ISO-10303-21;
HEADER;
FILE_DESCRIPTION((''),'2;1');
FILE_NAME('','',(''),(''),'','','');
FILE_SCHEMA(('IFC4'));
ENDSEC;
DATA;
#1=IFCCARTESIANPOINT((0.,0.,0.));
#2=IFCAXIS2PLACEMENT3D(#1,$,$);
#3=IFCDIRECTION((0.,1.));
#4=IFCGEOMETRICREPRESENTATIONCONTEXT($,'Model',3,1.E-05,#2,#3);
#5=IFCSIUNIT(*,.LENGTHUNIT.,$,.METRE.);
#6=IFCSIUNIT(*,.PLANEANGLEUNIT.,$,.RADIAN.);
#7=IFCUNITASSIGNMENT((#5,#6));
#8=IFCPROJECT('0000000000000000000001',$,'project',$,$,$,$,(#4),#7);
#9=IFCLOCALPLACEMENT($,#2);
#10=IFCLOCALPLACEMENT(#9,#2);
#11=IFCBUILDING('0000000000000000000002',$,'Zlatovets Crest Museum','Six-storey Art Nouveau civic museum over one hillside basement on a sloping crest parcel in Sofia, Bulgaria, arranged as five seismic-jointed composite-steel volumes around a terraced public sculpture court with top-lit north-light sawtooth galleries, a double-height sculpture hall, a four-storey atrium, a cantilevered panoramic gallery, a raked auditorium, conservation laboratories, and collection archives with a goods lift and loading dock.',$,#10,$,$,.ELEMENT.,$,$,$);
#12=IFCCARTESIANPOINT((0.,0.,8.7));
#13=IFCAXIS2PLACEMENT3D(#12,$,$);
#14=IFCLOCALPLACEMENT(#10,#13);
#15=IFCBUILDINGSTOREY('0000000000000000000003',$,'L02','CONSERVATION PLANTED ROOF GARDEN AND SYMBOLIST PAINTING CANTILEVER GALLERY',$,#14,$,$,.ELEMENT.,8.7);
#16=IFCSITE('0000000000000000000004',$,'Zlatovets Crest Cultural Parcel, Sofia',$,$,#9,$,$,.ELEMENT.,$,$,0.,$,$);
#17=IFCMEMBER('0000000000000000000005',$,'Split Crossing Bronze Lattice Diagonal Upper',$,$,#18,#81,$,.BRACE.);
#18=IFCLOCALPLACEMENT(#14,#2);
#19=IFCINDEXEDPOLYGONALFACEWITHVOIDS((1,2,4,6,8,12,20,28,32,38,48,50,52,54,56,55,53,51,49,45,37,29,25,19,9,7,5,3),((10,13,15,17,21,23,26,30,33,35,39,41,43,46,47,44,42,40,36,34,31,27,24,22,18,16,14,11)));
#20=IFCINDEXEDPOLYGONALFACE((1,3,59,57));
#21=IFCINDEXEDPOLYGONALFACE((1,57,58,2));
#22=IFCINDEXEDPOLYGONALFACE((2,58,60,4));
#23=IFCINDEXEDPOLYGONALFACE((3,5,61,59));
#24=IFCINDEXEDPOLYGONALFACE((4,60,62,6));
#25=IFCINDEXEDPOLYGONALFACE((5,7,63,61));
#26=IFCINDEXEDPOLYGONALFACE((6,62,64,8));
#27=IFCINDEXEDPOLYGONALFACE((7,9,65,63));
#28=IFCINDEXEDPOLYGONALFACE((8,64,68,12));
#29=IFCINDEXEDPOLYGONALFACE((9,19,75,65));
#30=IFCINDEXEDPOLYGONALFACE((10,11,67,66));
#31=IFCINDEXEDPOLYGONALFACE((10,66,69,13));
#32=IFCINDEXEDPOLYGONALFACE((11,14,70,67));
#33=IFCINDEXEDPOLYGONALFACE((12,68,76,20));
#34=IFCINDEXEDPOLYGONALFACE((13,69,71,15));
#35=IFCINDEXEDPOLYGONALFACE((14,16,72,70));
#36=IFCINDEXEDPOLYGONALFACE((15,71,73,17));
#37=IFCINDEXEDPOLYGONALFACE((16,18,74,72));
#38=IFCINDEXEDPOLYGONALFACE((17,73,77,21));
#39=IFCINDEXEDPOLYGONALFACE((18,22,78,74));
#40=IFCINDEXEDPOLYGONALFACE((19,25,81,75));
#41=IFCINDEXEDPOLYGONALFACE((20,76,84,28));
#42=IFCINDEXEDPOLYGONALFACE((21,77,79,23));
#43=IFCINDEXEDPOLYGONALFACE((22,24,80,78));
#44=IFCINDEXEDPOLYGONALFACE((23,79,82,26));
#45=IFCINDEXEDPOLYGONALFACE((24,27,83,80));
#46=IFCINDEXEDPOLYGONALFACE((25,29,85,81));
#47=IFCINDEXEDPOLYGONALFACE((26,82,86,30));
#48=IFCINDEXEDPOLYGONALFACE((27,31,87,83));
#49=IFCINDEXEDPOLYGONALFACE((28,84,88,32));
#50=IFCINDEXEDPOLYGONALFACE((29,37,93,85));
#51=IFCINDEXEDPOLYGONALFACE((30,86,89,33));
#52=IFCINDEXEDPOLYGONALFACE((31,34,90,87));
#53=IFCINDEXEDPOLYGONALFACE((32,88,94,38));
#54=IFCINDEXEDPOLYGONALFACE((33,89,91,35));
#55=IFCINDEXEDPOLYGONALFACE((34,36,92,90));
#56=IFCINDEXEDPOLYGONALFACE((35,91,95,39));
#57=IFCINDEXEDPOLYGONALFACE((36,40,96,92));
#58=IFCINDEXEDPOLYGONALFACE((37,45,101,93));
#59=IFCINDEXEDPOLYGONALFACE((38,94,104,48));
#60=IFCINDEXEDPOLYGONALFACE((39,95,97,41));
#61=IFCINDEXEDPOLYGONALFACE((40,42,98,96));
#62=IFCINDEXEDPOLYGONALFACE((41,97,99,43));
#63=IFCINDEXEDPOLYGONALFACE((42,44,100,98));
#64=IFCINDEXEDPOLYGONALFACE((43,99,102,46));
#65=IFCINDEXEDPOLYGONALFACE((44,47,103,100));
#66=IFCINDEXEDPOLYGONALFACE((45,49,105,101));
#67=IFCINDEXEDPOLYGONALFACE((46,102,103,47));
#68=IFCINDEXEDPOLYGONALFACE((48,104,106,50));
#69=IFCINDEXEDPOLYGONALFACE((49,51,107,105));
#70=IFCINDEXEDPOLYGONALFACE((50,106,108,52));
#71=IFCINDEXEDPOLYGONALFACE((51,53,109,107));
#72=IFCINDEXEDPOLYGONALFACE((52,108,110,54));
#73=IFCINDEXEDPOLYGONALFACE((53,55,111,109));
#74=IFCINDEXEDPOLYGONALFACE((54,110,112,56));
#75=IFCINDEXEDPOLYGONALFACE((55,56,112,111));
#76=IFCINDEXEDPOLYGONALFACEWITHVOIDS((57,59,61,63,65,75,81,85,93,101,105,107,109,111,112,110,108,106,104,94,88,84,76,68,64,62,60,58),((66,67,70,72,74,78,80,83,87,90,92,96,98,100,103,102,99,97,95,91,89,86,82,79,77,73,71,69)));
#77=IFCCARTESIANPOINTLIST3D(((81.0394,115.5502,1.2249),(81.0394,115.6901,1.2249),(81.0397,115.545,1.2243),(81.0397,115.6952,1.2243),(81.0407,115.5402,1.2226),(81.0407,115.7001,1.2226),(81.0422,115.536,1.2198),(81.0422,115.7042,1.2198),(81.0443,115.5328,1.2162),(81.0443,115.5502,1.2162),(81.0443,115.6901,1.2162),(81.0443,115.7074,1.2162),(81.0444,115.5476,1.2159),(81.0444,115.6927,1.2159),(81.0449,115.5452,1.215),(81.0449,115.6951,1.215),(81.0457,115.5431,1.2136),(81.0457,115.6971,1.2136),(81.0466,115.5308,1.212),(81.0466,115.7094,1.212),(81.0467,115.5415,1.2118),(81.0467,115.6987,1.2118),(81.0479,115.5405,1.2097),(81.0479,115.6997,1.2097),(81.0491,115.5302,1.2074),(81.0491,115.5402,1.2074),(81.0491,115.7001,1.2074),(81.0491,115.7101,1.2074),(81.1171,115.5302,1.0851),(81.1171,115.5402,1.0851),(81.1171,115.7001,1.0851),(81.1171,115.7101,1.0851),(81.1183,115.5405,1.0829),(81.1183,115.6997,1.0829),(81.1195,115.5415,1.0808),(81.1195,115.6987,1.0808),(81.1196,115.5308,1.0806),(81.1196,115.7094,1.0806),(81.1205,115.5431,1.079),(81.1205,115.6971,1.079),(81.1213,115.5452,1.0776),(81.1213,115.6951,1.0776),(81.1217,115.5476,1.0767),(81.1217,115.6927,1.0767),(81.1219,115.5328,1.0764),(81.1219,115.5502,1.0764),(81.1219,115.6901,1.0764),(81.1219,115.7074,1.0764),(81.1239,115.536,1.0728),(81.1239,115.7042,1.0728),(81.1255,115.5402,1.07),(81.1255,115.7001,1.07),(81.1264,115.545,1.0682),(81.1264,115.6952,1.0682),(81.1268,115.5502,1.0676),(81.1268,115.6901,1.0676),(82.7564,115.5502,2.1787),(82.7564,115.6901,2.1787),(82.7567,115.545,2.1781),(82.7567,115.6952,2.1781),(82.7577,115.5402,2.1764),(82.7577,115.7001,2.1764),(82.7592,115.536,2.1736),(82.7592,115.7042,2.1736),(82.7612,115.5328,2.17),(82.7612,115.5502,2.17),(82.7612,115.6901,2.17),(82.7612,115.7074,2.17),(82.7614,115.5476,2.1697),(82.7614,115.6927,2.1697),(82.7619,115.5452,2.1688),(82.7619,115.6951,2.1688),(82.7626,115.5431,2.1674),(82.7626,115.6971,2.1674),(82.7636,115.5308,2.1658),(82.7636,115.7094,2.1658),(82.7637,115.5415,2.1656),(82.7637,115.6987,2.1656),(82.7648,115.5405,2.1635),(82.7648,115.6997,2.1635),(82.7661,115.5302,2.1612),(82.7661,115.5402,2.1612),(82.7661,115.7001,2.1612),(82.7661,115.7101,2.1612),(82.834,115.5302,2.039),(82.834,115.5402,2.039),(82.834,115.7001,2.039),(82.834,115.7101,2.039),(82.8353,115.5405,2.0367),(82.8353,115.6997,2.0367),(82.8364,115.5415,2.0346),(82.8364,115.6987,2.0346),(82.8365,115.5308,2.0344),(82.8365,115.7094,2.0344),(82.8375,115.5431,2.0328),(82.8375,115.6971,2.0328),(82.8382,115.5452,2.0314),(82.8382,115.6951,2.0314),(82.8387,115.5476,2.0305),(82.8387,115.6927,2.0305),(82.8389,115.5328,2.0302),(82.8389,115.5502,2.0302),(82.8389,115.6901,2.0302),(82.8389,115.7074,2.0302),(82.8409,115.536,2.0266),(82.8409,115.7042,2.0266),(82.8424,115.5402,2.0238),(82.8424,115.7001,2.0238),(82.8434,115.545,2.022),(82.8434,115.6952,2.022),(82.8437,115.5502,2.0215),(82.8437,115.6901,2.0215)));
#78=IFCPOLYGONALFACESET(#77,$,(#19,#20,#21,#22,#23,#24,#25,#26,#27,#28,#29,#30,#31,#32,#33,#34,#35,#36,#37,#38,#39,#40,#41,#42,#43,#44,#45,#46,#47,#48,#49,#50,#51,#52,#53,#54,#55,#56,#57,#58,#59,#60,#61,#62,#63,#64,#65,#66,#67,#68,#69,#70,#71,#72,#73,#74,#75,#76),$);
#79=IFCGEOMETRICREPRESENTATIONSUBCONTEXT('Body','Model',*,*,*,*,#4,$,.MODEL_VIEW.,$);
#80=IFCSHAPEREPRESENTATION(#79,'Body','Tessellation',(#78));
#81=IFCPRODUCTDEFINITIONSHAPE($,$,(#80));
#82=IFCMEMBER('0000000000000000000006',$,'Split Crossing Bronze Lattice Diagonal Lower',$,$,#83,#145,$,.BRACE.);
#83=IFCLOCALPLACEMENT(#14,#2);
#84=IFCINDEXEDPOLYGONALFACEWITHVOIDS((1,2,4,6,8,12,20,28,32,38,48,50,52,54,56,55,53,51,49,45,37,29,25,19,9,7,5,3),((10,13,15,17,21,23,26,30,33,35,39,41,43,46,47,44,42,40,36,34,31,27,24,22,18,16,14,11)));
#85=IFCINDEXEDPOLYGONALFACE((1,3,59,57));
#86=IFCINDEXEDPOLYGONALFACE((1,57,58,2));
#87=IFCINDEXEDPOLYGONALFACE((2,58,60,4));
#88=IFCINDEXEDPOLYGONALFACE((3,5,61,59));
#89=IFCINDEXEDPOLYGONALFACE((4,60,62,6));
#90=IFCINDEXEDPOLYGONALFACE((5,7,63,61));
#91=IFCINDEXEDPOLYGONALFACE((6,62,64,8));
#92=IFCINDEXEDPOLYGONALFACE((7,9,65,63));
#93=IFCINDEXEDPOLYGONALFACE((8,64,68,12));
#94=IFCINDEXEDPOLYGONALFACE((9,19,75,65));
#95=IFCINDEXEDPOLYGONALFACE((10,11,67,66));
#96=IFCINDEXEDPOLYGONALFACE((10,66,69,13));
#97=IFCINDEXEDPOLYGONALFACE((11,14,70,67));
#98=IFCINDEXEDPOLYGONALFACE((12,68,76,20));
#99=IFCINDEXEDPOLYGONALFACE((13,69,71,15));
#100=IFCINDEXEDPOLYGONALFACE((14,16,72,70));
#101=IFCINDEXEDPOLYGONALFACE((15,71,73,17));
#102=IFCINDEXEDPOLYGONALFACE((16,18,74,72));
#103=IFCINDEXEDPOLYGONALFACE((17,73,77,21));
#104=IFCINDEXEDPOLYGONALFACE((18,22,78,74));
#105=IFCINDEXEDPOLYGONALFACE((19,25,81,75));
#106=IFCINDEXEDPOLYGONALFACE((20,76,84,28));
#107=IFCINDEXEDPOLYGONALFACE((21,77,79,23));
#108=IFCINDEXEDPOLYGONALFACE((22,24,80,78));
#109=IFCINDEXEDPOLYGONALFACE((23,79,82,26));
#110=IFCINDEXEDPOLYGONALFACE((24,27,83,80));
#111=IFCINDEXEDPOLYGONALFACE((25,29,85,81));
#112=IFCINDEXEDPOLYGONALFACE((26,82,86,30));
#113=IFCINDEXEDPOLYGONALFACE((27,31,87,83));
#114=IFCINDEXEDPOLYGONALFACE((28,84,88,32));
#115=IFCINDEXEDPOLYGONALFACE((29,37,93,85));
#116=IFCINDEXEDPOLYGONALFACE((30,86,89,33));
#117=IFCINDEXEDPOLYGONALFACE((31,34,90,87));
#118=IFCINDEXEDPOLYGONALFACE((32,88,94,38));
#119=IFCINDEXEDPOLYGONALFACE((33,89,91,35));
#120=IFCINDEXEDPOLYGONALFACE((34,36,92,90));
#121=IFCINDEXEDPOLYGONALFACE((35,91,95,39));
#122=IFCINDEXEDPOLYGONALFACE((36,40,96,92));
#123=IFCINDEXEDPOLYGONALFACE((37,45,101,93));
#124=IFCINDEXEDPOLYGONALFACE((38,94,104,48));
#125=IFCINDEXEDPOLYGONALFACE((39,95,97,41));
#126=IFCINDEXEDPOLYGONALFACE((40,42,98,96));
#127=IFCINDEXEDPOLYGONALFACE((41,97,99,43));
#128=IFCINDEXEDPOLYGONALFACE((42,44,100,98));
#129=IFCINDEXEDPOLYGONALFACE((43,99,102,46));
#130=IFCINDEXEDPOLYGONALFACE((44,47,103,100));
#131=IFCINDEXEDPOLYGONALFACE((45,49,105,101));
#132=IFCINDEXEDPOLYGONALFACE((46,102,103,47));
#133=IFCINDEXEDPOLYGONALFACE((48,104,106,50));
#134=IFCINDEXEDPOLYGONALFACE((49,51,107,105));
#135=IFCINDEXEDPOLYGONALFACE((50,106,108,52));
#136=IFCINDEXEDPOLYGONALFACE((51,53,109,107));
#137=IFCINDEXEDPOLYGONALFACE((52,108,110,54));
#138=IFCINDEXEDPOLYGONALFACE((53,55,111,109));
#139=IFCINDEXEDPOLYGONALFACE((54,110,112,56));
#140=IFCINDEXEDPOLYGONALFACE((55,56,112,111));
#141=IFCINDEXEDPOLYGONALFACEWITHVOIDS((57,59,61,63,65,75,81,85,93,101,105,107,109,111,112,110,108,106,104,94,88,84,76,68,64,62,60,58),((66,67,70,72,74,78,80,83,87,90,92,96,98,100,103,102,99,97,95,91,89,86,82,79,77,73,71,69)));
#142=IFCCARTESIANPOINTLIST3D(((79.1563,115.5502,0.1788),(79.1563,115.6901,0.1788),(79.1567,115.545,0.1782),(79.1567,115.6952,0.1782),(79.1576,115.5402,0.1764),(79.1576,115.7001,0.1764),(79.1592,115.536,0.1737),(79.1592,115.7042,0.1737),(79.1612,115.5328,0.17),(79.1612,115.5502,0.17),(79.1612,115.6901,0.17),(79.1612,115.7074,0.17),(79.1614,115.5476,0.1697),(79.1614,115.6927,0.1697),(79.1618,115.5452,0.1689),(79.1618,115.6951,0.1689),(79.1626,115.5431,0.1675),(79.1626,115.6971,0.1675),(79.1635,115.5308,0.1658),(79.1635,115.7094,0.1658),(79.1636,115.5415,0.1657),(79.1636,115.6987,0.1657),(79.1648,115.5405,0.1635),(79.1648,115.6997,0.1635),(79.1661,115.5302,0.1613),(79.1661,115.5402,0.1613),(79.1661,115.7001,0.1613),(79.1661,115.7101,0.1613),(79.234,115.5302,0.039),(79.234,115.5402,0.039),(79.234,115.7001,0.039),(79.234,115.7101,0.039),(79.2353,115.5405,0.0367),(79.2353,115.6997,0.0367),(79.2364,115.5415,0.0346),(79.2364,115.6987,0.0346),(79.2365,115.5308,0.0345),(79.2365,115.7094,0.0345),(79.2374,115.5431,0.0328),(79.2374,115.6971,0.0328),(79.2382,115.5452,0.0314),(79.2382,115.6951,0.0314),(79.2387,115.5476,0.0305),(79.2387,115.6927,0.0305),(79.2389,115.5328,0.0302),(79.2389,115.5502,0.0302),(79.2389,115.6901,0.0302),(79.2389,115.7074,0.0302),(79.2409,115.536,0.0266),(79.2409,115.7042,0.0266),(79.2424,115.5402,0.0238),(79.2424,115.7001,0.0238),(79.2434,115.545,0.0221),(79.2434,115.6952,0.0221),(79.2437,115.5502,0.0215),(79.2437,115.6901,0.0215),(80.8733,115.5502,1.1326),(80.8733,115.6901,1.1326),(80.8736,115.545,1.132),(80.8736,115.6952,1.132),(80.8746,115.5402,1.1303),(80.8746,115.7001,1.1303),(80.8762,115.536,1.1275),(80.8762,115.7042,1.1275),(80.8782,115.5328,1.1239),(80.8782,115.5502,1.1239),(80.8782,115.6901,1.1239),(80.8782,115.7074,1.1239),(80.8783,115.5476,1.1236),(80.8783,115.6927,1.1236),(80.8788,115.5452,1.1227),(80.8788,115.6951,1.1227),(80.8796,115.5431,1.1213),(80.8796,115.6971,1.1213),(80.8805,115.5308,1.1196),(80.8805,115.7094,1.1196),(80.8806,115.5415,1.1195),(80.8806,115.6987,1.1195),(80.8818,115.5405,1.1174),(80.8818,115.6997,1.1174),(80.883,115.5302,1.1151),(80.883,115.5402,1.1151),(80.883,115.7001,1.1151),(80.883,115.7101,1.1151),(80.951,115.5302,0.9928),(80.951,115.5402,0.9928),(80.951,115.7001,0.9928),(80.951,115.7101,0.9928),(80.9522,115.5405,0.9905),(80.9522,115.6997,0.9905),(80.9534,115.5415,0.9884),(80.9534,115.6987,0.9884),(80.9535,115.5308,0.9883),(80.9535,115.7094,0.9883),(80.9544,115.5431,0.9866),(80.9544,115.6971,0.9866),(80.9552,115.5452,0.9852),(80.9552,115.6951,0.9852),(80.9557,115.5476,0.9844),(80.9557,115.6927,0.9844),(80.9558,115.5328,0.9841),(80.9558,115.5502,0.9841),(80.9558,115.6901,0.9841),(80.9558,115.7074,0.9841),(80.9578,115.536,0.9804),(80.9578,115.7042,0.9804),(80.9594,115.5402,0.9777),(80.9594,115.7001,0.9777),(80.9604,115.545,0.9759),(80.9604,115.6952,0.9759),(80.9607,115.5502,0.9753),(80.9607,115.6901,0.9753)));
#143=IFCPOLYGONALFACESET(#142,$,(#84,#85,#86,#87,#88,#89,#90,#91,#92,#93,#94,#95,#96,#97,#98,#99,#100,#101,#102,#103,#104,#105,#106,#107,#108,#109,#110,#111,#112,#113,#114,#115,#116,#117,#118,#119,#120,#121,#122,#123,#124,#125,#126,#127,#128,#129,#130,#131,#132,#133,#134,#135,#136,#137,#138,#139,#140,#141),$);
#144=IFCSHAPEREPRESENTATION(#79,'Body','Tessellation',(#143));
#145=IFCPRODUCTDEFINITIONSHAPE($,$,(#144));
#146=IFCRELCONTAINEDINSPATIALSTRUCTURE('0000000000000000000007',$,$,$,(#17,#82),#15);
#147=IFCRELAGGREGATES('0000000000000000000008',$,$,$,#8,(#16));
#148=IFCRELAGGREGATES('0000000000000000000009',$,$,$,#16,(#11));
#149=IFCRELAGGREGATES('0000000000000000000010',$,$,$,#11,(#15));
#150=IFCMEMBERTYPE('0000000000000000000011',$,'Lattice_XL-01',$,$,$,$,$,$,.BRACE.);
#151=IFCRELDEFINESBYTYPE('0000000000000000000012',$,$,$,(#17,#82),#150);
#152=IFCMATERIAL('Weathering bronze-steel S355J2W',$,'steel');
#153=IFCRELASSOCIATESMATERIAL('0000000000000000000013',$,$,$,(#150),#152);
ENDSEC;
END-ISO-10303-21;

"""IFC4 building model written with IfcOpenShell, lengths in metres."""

from ifc_helpers import new_model, si_unit, direction, frame, origin, origin_2d, place, context, subcontext, project, spatial, hollow_rectangle, extrude, material, material_profile, profile_set, type_object, element, save


model = new_model("IFC4")

# Units and contexts
model_context = context("Model", 3, precision=1e-05, world=origin(), true_north=direction((0.0, 1.0)))
body_context = subcontext(model_context, "Body", "Model", "MODEL_VIEW")
ifc_project = project(units=[si_unit("LENGTHUNIT", "METRE"), si_unit("PLANEANGLEUNIT", "RADIAN")], contexts=[model_context])

# Site, building, storey
site_placement = place(None, origin())
site = spatial("IfcSite", under=ifc_project, at=site_placement, Name="Zlatovets Crest Cultural Parcel, Sofia", CompositionType="ELEMENT", RefElevation=0.0)
building_placement = place(site_placement, origin())
building = spatial("IfcBuilding", under=site, at=building_placement, Name="Zlatovets Crest Museum", Description="Six-storey Art Nouveau civic museum over one hillside basement on a sloping crest parcel in Sofia, Bulgaria, arranged as five seismic-jointed composite-steel volumes around a terraced public sculpture court with top-lit north-light sawtooth galleries, a double-height sculpture hall, a four-storey atrium, a cantilevered panoramic gallery, a raked auditorium, conservation laboratories, and collection archives with a goods lift and loading dock.", CompositionType="ELEMENT")
storey_placement = place(building_placement, frame((0.0, 0.0, 8.7)))
storey = spatial("IfcBuildingStorey", under=building, at=storey_placement, Name="L02", Description="CONSERVATION PLANTED ROOF GARDEN AND SYMBOLIST PAINTING CANTILEVER GALLERY", CompositionType="ELEMENT", Elevation=8.7)

# Members
ifc_material_1 = material(Name="Weathering bronze-steel S355J2W", Category="steel")
ifc_material_profile_1 = material_profile(ifc_material_1, hollow_rectangle(XDim=0.1799, YDim=0.1799, WallThickness=0.01, InnerFilletRadius=0.01, OuterFilletRadius=0.02, at=origin_2d()), Name="SHS 180x180x10.0")
ifc_profile_set_1 = profile_set([ifc_material_profile_1], Name="Weathering bronze-steel S355J2W")
member_type_1 = type_object("IfcMemberType", Name="Lattice_XL-01", PredefinedType="BRACE", material=ifc_profile_set_1)
for number, where, z_axis, x_axis, name in (
    (1, (82.8, 115.6201, 2.1001), (-0.874169, 0.0, -0.485622), (0.0, -1.0, 0.0), "Split Crossing Bronze Lattice Diagonal Upper"),
    (2, (80.917, 115.6201, 1.054), (-0.874169, 0.0, -0.485622), (0.0, -1.0, 0.0), "Split Crossing Bronze Lattice Diagonal Lower"),
):
    element("IfcMember", number, at=place(storey_placement, frame(where, z_axis=z_axis, x_axis=x_axis)), inside=storey, type_object=member_type_1, Name=name, PredefinedType="BRACE", context=body_context, shape_type="SweptSolid", body=[
        extrude(hollow_rectangle(XDim=0.1799, YDim=0.1799, WallThickness=0.01, InnerFilletRadius=0.01, OuterFilletRadius=0.02, at=origin_2d()), origin(), (0.0, 0.0, 1.0), 1.9641),
    ])

save(model, "model.ifc")
